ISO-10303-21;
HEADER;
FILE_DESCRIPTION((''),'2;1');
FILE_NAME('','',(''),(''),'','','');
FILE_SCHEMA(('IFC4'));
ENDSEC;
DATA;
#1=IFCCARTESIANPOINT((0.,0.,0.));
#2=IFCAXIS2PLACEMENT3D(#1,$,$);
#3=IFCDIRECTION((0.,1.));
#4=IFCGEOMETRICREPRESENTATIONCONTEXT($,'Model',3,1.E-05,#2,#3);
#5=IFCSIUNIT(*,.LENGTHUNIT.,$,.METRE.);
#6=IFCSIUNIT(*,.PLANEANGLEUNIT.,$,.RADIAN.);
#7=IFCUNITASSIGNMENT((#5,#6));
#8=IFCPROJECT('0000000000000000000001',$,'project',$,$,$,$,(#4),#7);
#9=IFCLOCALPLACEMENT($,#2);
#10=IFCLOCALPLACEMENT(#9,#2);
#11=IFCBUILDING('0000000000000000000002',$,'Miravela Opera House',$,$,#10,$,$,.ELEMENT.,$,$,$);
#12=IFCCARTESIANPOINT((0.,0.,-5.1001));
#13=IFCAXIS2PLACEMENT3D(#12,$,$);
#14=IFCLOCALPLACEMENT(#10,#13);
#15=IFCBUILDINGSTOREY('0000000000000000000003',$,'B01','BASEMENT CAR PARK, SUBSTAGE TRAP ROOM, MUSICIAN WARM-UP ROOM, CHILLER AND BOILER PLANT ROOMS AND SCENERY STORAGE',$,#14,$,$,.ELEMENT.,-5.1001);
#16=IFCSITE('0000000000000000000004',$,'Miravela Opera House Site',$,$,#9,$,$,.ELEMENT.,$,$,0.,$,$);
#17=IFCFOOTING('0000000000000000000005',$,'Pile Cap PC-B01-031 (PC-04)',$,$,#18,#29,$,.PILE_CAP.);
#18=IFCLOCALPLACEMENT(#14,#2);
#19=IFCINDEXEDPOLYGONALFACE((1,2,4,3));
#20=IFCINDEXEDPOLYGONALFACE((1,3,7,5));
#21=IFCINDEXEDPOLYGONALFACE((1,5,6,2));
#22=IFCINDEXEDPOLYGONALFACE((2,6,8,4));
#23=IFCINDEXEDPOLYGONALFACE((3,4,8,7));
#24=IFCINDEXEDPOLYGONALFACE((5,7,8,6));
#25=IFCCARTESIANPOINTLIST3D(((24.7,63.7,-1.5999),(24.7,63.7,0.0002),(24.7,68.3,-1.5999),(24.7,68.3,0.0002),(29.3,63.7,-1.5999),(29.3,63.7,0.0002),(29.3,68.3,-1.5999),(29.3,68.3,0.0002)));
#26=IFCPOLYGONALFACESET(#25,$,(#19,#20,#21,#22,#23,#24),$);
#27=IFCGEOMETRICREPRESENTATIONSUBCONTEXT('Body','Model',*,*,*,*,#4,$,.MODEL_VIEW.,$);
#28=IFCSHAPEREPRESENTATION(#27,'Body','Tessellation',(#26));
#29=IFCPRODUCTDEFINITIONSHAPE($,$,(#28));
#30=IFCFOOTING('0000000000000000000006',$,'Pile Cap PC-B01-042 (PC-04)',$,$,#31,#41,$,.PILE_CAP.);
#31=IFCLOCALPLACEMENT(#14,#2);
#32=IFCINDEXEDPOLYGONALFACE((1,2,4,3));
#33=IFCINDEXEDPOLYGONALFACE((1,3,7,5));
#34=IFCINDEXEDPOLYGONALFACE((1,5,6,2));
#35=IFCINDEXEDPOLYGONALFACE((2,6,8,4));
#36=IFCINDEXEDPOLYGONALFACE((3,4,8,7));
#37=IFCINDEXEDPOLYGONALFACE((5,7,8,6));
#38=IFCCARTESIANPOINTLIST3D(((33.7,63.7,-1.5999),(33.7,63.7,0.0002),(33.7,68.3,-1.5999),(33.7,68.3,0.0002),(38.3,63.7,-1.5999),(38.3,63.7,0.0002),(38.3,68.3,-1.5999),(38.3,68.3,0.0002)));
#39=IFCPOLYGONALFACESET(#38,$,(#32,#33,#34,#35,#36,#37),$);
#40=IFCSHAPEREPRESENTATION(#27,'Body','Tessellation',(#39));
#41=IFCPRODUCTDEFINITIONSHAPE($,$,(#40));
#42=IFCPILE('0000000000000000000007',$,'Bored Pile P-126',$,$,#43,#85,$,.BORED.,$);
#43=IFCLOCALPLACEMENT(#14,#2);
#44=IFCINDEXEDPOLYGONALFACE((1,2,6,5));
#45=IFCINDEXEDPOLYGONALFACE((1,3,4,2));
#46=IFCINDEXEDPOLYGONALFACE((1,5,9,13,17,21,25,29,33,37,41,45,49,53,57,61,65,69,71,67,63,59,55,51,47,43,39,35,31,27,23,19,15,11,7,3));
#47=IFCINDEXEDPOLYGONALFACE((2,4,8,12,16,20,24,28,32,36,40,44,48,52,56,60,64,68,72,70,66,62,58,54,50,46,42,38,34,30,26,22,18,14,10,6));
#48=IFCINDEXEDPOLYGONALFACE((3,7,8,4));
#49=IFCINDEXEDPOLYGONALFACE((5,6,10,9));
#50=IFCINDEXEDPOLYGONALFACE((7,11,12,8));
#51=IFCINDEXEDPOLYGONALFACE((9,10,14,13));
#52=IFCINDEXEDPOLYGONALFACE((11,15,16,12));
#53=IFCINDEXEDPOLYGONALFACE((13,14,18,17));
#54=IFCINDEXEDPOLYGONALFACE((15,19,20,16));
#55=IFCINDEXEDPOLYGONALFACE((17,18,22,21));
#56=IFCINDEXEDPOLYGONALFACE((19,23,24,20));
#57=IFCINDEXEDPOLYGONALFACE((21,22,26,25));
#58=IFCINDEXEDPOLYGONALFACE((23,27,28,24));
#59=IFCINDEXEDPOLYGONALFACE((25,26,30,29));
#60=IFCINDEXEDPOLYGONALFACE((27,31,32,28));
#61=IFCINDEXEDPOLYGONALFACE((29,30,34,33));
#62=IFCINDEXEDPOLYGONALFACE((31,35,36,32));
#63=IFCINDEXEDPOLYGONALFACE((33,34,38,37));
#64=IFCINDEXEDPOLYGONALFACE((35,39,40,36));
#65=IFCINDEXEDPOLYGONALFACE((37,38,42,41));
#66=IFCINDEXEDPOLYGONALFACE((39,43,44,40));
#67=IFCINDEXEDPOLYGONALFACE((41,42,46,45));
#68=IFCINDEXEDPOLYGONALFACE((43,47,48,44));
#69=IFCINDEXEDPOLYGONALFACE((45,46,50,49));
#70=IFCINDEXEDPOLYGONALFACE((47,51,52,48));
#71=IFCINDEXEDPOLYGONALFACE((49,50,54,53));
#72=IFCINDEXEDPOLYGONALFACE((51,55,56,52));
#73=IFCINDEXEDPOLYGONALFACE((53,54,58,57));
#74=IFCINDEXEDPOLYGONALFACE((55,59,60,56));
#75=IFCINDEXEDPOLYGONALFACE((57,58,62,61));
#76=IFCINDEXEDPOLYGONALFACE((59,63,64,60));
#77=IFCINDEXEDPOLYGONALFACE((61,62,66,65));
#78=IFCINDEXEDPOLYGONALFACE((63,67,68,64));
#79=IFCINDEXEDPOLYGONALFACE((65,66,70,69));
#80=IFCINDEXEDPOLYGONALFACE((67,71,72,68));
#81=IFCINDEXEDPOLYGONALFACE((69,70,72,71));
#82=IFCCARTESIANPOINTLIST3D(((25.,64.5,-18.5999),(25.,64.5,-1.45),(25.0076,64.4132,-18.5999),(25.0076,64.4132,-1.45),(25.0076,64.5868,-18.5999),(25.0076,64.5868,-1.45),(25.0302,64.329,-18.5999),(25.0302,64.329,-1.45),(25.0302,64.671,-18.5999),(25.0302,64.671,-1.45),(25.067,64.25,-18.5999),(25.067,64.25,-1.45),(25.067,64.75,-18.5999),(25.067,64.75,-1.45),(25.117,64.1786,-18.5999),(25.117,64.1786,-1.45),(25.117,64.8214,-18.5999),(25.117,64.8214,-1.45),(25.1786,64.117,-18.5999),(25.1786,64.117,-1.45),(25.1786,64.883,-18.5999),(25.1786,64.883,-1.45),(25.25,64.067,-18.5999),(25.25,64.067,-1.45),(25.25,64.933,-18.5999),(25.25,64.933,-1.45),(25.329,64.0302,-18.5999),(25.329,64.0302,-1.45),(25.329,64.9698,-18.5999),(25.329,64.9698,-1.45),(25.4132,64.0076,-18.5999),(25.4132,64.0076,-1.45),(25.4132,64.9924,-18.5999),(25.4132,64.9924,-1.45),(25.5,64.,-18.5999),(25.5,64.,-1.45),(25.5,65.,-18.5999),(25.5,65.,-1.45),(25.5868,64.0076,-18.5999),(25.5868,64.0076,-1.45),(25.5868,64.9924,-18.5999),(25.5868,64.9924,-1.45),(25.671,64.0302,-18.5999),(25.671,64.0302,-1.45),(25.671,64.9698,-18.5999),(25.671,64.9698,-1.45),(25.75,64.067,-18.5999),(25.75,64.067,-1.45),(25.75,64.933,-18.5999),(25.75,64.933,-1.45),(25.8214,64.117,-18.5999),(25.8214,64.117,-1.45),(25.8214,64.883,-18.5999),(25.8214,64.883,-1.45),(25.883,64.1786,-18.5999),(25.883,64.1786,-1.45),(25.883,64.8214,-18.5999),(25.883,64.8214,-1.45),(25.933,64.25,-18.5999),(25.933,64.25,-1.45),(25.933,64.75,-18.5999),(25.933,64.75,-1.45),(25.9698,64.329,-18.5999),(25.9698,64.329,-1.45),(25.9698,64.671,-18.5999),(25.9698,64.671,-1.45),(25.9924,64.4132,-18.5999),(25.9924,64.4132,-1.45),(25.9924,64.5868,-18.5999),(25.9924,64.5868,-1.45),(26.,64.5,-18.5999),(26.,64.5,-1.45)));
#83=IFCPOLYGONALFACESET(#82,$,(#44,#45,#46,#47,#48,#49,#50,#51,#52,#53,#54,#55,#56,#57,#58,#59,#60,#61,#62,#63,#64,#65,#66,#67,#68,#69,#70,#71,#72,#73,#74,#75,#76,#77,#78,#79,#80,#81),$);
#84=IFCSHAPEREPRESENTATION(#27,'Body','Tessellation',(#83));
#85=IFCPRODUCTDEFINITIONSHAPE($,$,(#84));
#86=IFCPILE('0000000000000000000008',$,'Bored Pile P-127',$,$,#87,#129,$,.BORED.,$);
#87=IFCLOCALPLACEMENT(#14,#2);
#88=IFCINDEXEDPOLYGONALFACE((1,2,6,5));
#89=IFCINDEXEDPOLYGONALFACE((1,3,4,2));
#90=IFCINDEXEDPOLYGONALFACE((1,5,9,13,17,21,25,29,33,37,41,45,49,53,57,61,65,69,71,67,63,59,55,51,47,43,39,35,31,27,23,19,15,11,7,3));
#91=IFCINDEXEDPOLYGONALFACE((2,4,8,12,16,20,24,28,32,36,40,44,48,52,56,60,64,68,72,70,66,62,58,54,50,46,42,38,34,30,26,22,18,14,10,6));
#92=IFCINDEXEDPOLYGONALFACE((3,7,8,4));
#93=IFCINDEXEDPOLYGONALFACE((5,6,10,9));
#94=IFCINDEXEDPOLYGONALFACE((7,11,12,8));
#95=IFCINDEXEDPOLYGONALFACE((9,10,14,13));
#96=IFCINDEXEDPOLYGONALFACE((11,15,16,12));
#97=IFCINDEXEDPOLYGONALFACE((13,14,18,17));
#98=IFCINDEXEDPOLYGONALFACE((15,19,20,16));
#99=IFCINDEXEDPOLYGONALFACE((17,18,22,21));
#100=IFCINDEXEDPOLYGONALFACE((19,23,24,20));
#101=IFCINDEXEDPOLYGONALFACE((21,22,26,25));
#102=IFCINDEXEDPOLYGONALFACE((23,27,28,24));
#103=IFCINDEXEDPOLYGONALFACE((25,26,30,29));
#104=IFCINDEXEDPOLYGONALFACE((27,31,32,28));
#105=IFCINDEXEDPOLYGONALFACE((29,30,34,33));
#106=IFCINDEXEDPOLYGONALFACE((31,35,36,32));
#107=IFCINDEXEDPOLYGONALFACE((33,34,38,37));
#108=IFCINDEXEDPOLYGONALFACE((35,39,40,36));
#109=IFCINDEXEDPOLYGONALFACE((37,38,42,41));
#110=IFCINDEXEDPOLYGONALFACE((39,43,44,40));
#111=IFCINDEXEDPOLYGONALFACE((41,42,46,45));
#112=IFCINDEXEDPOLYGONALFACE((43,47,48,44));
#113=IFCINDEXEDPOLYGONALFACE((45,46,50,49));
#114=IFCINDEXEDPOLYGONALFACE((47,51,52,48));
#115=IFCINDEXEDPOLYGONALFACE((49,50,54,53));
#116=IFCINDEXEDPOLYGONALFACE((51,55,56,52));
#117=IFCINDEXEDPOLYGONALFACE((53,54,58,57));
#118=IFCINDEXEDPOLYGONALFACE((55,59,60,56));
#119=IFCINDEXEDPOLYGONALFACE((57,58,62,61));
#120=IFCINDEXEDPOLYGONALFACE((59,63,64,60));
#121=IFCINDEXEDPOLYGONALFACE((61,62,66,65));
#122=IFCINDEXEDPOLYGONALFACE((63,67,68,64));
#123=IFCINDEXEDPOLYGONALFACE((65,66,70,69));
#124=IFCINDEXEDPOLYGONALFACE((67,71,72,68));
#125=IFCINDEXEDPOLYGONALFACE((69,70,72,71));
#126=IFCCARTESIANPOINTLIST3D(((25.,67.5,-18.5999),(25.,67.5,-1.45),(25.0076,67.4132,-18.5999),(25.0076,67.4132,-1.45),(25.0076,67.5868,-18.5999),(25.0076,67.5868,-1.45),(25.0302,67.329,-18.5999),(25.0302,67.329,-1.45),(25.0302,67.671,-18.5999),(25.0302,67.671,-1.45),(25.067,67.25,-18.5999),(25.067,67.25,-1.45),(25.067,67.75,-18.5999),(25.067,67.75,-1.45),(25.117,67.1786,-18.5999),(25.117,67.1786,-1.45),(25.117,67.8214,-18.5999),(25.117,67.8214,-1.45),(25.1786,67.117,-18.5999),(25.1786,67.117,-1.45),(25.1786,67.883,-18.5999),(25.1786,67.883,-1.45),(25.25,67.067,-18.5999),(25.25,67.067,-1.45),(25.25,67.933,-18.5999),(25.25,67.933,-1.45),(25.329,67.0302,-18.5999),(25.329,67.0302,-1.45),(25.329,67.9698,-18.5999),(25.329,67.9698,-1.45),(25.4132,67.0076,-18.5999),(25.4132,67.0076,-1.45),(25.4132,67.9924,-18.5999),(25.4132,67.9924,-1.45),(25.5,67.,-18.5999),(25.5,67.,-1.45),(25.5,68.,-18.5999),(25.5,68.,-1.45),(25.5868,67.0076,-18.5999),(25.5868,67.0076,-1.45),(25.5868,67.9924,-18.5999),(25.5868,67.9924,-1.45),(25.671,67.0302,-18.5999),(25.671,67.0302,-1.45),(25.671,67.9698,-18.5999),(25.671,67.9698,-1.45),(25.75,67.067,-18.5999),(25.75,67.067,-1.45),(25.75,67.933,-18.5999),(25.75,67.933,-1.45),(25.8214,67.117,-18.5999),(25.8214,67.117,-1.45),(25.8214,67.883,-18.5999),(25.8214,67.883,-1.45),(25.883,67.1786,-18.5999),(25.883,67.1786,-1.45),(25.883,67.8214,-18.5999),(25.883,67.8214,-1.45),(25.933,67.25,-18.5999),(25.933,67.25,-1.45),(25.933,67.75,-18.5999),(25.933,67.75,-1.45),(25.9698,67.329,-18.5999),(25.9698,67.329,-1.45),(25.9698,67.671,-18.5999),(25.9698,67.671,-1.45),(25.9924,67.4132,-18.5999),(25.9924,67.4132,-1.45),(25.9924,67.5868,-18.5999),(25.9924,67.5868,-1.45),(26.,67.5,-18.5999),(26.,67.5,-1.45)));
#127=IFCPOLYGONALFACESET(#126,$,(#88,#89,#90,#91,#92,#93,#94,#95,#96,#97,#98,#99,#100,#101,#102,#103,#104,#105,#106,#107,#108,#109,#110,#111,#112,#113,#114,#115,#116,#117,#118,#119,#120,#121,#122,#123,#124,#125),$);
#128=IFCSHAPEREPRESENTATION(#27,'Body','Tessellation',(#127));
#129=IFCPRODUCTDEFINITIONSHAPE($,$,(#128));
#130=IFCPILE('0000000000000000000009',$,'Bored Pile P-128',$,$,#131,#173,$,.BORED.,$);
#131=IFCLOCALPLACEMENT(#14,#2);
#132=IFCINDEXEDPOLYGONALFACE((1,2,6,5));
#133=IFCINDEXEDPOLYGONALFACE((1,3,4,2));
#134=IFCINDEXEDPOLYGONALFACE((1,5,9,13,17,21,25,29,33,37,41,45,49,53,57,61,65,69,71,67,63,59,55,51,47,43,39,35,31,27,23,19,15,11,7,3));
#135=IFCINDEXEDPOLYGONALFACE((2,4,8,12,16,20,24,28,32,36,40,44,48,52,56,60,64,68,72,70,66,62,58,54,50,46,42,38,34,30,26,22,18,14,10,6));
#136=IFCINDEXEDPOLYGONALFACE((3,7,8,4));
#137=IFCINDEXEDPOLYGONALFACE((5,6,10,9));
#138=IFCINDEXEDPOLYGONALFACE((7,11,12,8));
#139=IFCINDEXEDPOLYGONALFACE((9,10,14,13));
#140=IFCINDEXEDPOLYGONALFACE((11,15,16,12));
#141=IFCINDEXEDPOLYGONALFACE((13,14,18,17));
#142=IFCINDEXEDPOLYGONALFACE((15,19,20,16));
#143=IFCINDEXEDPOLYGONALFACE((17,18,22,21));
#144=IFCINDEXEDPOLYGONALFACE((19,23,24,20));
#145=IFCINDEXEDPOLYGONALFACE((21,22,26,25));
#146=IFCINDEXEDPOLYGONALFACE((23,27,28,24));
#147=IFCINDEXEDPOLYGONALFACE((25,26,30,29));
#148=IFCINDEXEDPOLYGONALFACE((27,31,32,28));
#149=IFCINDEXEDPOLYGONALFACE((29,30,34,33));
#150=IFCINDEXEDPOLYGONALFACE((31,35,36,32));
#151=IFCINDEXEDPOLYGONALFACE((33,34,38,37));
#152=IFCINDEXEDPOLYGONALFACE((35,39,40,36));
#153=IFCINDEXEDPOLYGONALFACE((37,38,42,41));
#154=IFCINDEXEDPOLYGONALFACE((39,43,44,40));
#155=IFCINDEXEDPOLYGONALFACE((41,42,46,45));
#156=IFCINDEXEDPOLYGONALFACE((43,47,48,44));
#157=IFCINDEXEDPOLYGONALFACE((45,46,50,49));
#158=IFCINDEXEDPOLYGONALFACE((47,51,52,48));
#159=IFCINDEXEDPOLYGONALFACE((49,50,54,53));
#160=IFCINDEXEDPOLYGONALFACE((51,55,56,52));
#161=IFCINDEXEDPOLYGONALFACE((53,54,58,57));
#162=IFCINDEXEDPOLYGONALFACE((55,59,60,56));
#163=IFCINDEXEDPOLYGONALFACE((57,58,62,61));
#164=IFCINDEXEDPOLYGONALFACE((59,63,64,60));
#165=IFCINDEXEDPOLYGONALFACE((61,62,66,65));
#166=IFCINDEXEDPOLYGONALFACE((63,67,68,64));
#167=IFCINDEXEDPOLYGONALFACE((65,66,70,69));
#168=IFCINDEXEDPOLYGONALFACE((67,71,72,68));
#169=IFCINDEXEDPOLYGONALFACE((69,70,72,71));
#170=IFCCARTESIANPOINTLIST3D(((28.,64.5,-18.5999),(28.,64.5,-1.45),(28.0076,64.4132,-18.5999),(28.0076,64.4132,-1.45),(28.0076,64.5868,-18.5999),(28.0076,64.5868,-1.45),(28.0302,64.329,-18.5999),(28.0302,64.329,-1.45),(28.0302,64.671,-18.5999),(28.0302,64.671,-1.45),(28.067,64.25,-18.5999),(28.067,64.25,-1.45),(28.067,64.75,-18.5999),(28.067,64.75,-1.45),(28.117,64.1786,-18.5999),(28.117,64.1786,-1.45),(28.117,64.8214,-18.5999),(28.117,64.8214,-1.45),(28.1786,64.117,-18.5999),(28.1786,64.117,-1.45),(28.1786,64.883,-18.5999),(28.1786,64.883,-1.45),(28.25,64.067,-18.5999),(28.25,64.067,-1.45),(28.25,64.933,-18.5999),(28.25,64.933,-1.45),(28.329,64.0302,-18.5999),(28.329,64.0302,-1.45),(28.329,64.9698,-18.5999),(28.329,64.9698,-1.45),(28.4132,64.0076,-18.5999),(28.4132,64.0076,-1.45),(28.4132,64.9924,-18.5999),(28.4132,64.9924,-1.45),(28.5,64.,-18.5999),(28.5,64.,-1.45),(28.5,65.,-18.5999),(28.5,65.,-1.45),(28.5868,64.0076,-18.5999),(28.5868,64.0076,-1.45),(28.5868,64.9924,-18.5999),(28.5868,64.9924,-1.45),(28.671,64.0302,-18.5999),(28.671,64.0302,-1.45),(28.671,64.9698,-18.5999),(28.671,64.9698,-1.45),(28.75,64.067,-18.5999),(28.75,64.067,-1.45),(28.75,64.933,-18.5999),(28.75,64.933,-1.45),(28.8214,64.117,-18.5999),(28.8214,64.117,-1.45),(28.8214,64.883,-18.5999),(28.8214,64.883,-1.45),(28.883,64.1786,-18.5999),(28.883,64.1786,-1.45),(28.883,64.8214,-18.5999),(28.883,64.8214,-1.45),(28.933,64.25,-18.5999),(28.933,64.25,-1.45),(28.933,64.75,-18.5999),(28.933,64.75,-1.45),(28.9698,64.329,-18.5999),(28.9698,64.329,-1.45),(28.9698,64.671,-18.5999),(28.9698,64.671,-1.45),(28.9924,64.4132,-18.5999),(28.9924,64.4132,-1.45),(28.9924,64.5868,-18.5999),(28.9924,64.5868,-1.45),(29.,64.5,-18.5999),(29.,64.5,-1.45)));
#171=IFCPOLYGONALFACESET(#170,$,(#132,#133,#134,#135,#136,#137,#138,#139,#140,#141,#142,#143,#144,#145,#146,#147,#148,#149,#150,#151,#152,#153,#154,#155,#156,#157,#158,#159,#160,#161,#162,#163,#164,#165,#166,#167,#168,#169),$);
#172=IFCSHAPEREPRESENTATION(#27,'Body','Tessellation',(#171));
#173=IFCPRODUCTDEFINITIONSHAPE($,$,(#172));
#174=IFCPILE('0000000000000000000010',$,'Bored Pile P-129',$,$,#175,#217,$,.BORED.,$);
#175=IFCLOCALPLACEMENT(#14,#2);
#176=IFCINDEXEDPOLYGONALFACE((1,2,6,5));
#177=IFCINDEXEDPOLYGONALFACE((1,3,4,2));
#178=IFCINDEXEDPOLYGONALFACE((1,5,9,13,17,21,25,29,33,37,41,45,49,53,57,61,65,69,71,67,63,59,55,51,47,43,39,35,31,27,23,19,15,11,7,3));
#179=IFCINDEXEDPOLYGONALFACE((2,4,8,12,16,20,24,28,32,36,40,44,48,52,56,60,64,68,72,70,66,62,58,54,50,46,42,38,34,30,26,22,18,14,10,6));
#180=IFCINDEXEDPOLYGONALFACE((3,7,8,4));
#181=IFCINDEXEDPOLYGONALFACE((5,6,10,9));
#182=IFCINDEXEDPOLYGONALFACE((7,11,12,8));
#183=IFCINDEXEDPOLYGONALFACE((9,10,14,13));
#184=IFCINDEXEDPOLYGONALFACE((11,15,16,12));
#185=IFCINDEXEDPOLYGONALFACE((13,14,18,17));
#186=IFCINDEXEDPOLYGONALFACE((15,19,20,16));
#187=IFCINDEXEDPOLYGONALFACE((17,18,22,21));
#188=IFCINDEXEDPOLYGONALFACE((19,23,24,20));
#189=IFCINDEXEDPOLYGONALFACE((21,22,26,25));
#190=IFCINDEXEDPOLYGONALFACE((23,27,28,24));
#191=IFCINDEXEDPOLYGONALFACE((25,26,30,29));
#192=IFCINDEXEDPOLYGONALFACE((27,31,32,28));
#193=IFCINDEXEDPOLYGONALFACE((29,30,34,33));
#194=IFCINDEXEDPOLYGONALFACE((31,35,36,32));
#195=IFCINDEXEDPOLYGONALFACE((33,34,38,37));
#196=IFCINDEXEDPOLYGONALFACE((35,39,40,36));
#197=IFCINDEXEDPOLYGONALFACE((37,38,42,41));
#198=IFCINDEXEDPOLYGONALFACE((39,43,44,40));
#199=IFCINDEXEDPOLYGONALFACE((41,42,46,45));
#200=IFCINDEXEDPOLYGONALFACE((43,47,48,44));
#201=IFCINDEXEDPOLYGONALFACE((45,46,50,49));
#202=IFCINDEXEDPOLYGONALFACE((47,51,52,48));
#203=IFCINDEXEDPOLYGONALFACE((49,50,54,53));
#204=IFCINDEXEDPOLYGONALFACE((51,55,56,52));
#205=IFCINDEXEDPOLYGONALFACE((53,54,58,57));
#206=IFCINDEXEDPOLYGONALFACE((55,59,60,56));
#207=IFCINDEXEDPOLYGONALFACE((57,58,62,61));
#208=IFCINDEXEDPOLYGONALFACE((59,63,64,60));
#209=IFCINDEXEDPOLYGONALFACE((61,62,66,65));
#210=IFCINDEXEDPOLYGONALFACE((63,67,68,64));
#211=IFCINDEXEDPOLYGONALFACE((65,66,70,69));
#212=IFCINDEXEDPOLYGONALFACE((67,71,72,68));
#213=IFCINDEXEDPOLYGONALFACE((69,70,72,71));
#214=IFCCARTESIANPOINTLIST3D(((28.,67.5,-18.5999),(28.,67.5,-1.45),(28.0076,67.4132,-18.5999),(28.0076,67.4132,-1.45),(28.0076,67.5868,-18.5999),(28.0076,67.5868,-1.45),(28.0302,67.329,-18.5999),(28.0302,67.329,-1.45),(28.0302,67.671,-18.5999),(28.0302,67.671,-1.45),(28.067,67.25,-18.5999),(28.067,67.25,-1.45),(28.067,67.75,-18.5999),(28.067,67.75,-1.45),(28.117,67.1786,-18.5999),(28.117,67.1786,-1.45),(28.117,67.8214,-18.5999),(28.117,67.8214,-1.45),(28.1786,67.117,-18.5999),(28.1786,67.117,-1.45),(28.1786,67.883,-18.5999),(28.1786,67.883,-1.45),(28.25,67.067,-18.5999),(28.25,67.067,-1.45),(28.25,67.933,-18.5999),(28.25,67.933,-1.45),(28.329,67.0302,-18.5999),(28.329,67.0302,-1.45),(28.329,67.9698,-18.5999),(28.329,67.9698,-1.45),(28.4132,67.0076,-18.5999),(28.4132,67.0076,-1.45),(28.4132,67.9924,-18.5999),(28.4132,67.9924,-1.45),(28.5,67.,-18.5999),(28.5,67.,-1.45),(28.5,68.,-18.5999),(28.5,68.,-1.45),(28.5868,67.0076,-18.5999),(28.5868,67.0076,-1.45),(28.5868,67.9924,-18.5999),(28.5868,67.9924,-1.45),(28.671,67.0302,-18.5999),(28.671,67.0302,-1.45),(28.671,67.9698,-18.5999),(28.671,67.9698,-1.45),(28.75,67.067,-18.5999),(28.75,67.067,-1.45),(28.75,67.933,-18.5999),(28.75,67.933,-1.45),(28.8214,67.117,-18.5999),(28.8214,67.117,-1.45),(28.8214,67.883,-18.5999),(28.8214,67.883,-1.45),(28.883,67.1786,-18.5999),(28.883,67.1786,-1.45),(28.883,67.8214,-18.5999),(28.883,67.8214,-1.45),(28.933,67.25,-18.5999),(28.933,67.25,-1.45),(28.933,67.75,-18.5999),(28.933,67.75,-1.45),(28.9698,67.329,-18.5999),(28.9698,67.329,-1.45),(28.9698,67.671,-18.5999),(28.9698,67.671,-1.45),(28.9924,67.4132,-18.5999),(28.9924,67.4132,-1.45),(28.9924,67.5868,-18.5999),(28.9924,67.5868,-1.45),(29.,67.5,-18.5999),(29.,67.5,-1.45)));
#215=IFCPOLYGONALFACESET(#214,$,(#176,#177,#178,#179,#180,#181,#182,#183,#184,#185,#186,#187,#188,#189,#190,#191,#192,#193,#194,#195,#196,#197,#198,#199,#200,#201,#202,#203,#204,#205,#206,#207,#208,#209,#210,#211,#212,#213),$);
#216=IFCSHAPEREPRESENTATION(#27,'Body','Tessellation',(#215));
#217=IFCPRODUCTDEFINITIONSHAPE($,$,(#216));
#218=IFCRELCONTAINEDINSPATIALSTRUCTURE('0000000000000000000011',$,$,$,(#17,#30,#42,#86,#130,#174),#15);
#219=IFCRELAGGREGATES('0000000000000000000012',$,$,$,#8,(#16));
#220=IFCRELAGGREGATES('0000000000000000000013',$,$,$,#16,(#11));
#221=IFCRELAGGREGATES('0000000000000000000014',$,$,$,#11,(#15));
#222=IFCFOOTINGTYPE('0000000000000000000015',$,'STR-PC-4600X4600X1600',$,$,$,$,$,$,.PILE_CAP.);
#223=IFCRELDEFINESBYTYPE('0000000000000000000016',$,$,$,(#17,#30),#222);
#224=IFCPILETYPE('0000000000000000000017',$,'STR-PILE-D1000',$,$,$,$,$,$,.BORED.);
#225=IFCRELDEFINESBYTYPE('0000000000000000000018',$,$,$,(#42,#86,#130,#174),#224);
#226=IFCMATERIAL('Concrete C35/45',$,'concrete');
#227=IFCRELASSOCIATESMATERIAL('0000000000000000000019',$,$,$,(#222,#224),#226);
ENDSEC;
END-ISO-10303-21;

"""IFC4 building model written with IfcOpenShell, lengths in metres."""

from ifc_helpers import new_model, si_unit, direction, frame, origin, origin_2d, place, context, subcontext, project, spatial, rectangle, circle, extrude, material, material_profile, profile_set, type_object, element, save


model = new_model("IFC4")

# Units and contexts
model_context = context("Model", 3, precision=1e-05, world=origin(), true_north=direction((0.0, 1.0)))
body_context = subcontext(model_context, "Body", "Model", "MODEL_VIEW")
ifc_project = project(units=[si_unit("LENGTHUNIT", "METRE"), si_unit("PLANEANGLEUNIT", "RADIAN")], contexts=[model_context])

# Site, building, storey
site_placement = place(None, origin())
site = spatial("IfcSite", under=ifc_project, at=site_placement, Name="Miravela Opera House Site", CompositionType="ELEMENT", RefElevation=0.0)
building_placement = place(site_placement, origin())
building = spatial("IfcBuilding", under=site, at=building_placement, Name="Miravela Opera House", CompositionType="ELEMENT")
storey_placement = place(building_placement, frame((0.0, 0.0, -5.1001)))
storey = spatial("IfcBuildingStorey", under=building, at=storey_placement, Name="B01", Description="BASEMENT CAR PARK, SUBSTAGE TRAP ROOM, MUSICIAN WARM-UP ROOM, CHILLER AND BOILER PLANT ROOMS AND SCENERY STORAGE", CompositionType="ELEMENT", Elevation=-5.1001)

# Footings
ifc_material_1 = material(Name="Concrete C35/45", Category="concrete")
footing_type = type_object("IfcFootingType", Name="STR-PC-4600X4600X1600", PredefinedType="PILE_CAP", material=ifc_material_1)
for number, where, z_axis, x_axis, name in (
    (1, (27.0, 66.0, -1.5999), (0.0, 0.0, 1.0), (1.0, 0.0, 0.0), "Pile Cap PC-B01-031 (PC-04)"),
    (2, (36.0, 66.0, -1.5999), (0.0, 0.0, 1.0), (1.0, 0.0, 0.0), "Pile Cap PC-B01-042 (PC-04)"),
):
    element("IfcFooting", number, at=place(storey_placement, frame(where, z_axis=z_axis, x_axis=x_axis)), inside=storey, type_object=footing_type, Name=name, PredefinedType="PILE_CAP", context=body_context, shape_type="SweptSolid", body=[
        extrude(rectangle(XDim=4.6001, YDim=4.6001, at=origin_2d()), origin(), (0.0, 0.0, 1.0), 1.6001),
    ])

# Piles
ifc_material_profile_1 = material_profile(ifc_material_1, circle(Radius=0.5, at=origin_2d()), Name="PILE-D1000")
ifc_profile_set_1 = profile_set([ifc_material_profile_1])
pile_type = type_object("IfcPileType", Name="STR-PILE-D1000", PredefinedType="BORED", material=ifc_profile_set_1)
for number, where, z_axis, x_axis, name in (
    (3, (25.5, 64.5, -1.45), (0.0, 0.0, -1.0), (1.0, 0.0, 0.0), "Bored Pile P-126"),
    (4, (25.5, 67.5, -1.45), (0.0, 0.0, -1.0), (1.0, 0.0, 0.0), "Bored Pile P-127"),
    (5, (28.5, 64.5, -1.45), (0.0, 0.0, -1.0), (1.0, 0.0, 0.0), "Bored Pile P-128"),
    (6, (28.5, 67.5, -1.45), (0.0, 0.0, -1.0), (1.0, 0.0, 0.0), "Bored Pile P-129"),
):
    element("IfcPile", number, at=place(storey_placement, frame(where, z_axis=z_axis, x_axis=x_axis)), inside=storey, type_object=pile_type, Name=name, PredefinedType="BORED", context=body_context, shape_type="SweptSolid", body=[
        extrude(circle(Radius=0.5, at=origin_2d()), origin(), (0.0, 0.0, 1.0), 17.1499),
    ])

save(model, "model.ifc")
